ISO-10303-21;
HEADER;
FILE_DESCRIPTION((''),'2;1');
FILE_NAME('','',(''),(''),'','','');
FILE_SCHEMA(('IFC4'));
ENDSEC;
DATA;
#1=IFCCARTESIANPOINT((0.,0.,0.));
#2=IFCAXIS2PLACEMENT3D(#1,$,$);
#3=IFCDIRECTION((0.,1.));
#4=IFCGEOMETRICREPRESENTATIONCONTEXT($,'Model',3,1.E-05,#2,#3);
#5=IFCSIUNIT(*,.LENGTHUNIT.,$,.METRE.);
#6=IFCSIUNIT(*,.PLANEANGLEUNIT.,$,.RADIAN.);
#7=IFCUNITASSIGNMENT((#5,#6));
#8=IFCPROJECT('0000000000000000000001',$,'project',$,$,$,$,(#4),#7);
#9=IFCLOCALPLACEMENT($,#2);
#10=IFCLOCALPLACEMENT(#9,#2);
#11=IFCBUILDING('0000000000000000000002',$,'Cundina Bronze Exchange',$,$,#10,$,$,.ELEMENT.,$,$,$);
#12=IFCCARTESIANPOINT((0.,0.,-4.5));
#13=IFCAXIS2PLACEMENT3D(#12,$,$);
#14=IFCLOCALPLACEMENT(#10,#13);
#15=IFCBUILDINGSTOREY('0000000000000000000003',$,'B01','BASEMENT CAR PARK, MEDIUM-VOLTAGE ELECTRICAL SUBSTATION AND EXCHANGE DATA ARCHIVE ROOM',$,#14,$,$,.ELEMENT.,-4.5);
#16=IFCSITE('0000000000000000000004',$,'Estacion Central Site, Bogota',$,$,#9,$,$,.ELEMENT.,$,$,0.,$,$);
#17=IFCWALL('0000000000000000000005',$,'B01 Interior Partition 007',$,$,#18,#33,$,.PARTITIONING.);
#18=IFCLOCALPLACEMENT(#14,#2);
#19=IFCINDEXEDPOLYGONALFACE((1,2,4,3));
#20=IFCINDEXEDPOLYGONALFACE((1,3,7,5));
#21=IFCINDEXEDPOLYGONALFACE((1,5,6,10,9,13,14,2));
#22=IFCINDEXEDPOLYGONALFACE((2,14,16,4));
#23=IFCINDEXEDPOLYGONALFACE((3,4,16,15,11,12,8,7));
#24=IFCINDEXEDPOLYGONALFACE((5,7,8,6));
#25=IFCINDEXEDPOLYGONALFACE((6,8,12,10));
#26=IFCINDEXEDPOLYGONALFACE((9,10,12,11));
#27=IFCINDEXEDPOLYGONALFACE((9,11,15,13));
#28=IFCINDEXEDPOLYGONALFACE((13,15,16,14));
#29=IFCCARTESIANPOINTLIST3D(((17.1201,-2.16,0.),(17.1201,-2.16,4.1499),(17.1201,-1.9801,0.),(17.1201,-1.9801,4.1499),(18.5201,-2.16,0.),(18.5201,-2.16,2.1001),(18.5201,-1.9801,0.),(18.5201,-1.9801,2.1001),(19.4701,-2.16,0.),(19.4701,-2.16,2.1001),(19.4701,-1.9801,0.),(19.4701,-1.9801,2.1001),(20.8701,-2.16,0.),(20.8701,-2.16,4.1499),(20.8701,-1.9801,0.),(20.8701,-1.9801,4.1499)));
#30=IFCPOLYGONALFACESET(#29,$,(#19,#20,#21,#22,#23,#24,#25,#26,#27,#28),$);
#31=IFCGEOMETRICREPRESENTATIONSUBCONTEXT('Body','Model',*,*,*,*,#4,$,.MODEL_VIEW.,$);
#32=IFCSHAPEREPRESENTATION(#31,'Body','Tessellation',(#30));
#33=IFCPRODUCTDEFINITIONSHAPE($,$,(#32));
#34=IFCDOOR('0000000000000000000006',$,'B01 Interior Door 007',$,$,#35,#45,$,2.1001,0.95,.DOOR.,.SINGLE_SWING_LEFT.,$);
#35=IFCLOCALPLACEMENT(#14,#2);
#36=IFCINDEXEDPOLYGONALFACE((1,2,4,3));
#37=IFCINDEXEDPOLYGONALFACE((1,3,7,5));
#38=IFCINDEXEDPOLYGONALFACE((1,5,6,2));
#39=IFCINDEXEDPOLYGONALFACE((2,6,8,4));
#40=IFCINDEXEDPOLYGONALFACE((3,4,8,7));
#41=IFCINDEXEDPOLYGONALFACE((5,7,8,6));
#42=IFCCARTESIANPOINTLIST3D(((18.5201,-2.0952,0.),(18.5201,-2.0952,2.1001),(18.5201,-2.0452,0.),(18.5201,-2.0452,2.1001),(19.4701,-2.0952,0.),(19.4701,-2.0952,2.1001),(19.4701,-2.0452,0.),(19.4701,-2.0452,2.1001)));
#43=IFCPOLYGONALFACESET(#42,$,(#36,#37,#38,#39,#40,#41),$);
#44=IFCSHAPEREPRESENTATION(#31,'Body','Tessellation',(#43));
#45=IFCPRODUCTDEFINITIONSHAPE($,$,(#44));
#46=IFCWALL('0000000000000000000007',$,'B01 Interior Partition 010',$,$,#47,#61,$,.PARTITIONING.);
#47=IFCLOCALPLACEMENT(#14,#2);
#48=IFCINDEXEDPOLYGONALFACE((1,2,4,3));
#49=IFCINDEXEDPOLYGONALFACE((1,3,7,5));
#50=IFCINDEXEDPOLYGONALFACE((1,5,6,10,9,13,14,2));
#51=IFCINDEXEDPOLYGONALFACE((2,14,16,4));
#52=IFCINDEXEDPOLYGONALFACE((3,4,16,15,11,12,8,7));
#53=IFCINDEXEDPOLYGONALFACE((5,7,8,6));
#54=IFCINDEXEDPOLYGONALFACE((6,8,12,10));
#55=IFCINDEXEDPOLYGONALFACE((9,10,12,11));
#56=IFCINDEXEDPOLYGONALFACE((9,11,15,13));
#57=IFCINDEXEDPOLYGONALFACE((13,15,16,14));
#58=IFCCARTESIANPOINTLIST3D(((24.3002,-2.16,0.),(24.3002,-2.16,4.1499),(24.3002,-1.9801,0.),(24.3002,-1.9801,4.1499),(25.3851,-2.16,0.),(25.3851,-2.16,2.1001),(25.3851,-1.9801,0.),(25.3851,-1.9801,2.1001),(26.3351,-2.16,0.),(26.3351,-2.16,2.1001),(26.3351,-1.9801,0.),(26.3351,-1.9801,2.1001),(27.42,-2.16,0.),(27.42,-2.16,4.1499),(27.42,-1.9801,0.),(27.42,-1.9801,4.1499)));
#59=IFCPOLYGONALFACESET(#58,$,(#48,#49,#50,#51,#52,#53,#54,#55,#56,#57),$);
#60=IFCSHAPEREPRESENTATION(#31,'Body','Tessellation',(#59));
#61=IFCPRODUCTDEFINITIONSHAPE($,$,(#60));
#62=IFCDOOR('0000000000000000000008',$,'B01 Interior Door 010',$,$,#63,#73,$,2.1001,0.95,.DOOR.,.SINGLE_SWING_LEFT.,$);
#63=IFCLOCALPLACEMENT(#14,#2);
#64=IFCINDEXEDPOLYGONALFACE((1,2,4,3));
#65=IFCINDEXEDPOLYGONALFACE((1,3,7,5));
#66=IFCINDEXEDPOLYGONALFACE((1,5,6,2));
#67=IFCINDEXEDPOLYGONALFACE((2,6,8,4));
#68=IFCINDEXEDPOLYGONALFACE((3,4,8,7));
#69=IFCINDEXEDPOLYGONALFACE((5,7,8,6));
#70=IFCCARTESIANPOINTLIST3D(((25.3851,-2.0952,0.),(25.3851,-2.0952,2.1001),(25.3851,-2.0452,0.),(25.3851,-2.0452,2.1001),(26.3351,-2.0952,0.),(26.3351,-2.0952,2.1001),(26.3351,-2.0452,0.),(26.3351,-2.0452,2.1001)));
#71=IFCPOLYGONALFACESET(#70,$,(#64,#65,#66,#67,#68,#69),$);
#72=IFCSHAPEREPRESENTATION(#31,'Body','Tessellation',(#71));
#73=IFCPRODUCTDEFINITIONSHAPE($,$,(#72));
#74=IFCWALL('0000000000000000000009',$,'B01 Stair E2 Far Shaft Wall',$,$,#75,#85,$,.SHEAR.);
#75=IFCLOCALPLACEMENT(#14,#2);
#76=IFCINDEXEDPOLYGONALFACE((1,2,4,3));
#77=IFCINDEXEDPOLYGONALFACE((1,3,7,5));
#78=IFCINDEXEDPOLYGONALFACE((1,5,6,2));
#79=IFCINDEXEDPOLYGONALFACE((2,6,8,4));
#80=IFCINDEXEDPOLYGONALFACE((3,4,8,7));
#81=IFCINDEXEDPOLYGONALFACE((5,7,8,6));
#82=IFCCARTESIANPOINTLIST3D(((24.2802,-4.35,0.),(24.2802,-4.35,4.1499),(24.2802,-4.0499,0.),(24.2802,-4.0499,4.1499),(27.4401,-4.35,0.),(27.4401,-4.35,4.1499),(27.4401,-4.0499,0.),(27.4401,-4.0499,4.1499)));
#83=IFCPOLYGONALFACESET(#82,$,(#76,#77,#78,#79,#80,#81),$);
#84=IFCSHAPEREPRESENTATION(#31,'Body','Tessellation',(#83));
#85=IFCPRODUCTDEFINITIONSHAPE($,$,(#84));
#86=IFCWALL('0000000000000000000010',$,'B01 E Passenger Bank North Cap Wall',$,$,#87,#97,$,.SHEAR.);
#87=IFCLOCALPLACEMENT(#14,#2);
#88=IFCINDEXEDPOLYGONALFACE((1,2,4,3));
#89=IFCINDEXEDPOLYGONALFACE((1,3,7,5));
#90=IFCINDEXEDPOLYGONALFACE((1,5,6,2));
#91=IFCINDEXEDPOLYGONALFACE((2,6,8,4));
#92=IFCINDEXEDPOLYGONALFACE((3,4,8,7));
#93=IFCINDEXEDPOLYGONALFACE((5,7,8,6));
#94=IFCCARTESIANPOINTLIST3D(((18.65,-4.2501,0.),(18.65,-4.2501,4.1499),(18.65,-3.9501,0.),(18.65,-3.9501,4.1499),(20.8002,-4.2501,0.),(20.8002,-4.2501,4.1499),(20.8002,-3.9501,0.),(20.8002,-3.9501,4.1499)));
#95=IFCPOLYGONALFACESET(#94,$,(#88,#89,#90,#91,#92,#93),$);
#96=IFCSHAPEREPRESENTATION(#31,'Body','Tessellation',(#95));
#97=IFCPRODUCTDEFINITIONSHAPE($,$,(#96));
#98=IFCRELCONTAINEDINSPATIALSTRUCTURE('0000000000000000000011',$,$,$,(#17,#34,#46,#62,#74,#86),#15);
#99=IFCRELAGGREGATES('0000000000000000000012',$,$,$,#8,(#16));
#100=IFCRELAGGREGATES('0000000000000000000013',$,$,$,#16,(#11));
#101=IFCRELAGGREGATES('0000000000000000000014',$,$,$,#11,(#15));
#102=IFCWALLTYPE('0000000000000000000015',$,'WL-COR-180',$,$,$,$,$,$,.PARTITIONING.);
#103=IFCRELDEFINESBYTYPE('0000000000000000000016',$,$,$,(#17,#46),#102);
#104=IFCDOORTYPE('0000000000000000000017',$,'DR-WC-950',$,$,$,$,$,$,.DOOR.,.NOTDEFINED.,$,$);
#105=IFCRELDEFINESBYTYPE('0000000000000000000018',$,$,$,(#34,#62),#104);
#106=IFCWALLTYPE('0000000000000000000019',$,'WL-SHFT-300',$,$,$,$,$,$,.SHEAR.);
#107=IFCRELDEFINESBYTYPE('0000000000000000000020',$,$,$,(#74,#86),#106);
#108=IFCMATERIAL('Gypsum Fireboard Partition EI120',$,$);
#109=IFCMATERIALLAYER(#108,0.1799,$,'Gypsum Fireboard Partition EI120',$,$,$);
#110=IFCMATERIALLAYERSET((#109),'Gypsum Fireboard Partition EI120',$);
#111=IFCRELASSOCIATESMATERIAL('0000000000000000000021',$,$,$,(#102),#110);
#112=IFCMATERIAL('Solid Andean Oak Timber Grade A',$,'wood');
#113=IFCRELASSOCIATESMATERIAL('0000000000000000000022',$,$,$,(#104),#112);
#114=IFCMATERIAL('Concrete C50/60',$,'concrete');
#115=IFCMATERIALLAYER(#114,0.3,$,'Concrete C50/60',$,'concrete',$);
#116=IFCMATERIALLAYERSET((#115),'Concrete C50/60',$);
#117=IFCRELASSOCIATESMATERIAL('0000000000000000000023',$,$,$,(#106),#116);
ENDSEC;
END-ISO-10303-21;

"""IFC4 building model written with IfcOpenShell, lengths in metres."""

from ifc_helpers import new_model, si_unit, direction, frame, frame_2d, origin, place, context, subcontext, project, spatial, rectangle, extrude, material, layer, layer_set, type_object, element, fill, save


model = new_model("IFC4")

# Units and contexts
model_context = context("Model", 3, precision=1e-05, world=origin(), true_north=direction((0.0, 1.0)))
body_context = subcontext(model_context, "Body", "Model", "MODEL_VIEW")
ifc_project = project(units=[si_unit("LENGTHUNIT", "METRE"), si_unit("PLANEANGLEUNIT", "RADIAN")], contexts=[model_context])

# Site, building, storey
site_placement = place(None, origin())
site = spatial("IfcSite", under=ifc_project, at=site_placement, Name="Estacion Central Site, Bogota", CompositionType="ELEMENT", RefElevation=0.0)
building_placement = place(site_placement, origin())
building = spatial("IfcBuilding", under=site, at=building_placement, Name="Cundina Bronze Exchange", CompositionType="ELEMENT")
storey_placement = place(building_placement, frame((0.0, 0.0, -4.5)))
storey = spatial("IfcBuildingStorey", under=building, at=storey_placement, Name="B01", Description="BASEMENT CAR PARK, MEDIUM-VOLTAGE ELECTRICAL SUBSTATION AND EXCHANGE DATA ARCHIVE ROOM", CompositionType="ELEMENT", Elevation=-4.5)

# Shared definitions
ifc_material_1 = material(Name="Gypsum Fireboard Partition EI120")
ifc_layer_1 = layer(ifc_material_1, 0.1799, Name="Gypsum Fireboard Partition EI120")
ifc_layer_set_1 = layer_set([ifc_layer_1], Name="Gypsum Fireboard Partition EI120")
wall_type_1 = type_object("IfcWallType", Name="WL-COR-180", PredefinedType="PARTITIONING", material=ifc_layer_set_1)

# Walls, openings, doors
wall_1_placement = place(storey_placement, frame((17.1201, -2.0701, 0.0), z_axis=(0.0, 0.0, 1.0), x_axis=(1.0, 0.0, 0.0)))
wall_1 = element("IfcWall", 1, at=wall_1_placement, inside=storey, type_object=wall_type_1, Name="B01 Interior Partition 007", PredefinedType="PARTITIONING", context=body_context, shape_type="SweptSolid", body=[
    extrude(rectangle(XDim=3.75, YDim=0.1799, at=frame_2d((1.875, 0.0))), origin(), (0.0, 0.0, 1.0), 4.1499),
])
opening_1_placement = place(wall_1_placement, frame((1.3999, 0.0, 0.0)))
opening_1 = element("IfcOpeningElement", 2, at=opening_1_placement, cuts=wall_1, PredefinedType="OPENING", context=body_context, shape_type="SweptSolid", body=[
    extrude(rectangle(XDim=0.95, YDim=2.1001, at=frame_2d((0.4751, 1.05))), frame((0.0, 0.0999, 0.0), z_axis=(0.0, -1.0, 0.0), x_axis=(1.0, 0.0, 0.0)), (0.0, 0.0, 1.0), 0.2),
])
ifc_material_2 = material(Name="Solid Andean Oak Timber Grade A", Category="wood")
door_type_1 = type_object("IfcDoorType", Name="DR-WC-950", OperationType="NOTDEFINED", PredefinedType="DOOR", material=ifc_material_2)
door_1_placement = place(opening_1_placement, origin())
door_1 = element("IfcDoor", 3, at=door_1_placement, inside=storey, type_object=door_type_1, Name="B01 Interior Door 007", OperationType="SINGLE_SWING_LEFT", OverallHeight=2.1001, OverallWidth=0.95, PredefinedType="DOOR", context=body_context, shape_type="SweptSolid", body=[
    extrude(rectangle(XDim=0.95, YDim=2.1001, at=frame_2d((0.4751, 1.05))), frame((0.0, 0.0249, 0.0), z_axis=(0.0, -1.0, 0.0), x_axis=(1.0, 0.0, 0.0)), (0.0, 0.0, 1.0), 0.05),
])
fill(opening_1, door_1)
wall_2_placement = place(storey_placement, frame((24.3, -2.0701, 0.0), z_axis=(0.0, 0.0, 1.0), x_axis=(1.0, 0.0, 0.0)))
wall_2 = element("IfcWall", 4, at=wall_2_placement, inside=storey, type_object=wall_type_1, Name="B01 Interior Partition 010", PredefinedType="PARTITIONING", context=body_context, shape_type="SweptSolid", body=[
    extrude(rectangle(XDim=3.1199, YDim=0.1799, at=frame_2d((1.5601, 0.0))), origin(), (0.0, 0.0, 1.0), 4.1499),
])
opening_2_placement = place(wall_2_placement, frame((1.085, 0.0, 0.0)))
opening_2 = element("IfcOpeningElement", 5, at=opening_2_placement, cuts=wall_2, PredefinedType="OPENING", context=body_context, shape_type="SweptSolid", body=[
    extrude(rectangle(XDim=0.95, YDim=2.1001, at=frame_2d((0.4751, 1.05))), frame((0.0, 0.0999, 0.0), z_axis=(0.0, -1.0, 0.0), x_axis=(1.0, 0.0, 0.0)), (0.0, 0.0, 1.0), 0.2),
])
door_2_placement = place(opening_2_placement, origin())
door_2 = element("IfcDoor", 6, at=door_2_placement, inside=storey, type_object=door_type_1, Name="B01 Interior Door 010", OperationType="SINGLE_SWING_LEFT", OverallHeight=2.1001, OverallWidth=0.95, PredefinedType="DOOR", context=body_context, shape_type="SweptSolid", body=[
    extrude(rectangle(XDim=0.95, YDim=2.1001, at=frame_2d((0.4751, 1.05))), frame((0.0, 0.0249, 0.0), z_axis=(0.0, -1.0, 0.0), x_axis=(1.0, 0.0, 0.0)), (0.0, 0.0, 1.0), 0.05),
])
fill(opening_2, door_2)

# Walls
ifc_material_3 = material(Name="Concrete C50/60", Category="concrete")
ifc_layer_2 = layer(ifc_material_3, 0.3, Name="Concrete C50/60", Category="concrete")
ifc_layer_set_2 = layer_set([ifc_layer_2], Name="Concrete C50/60")
wall_type_2 = type_object("IfcWallType", Name="WL-SHFT-300", PredefinedType="SHEAR", material=ifc_layer_set_2)
wall_3_placement = place(storey_placement, frame((24.28, -4.2, 0.0), z_axis=(0.0, 0.0, 1.0), x_axis=(1.0, 0.0, 0.0)))
element("IfcWall", 7, at=wall_3_placement, inside=storey, type_object=wall_type_2, Name="B01 Stair E2 Far Shaft Wall", PredefinedType="SHEAR", context=body_context, shape_type="SweptSolid", body=[
    extrude(rectangle(XDim=3.1599, YDim=0.3, at=frame_2d((1.5801, 0.0))), origin(), (0.0, 0.0, 1.0), 4.1499),
])
wall_4_placement = place(storey_placement, frame((18.6499, -4.1001, 0.0), z_axis=(0.0, 0.0, 1.0), x_axis=(1.0, 0.0, 0.0)))
element("IfcWall", 8, at=wall_4_placement, inside=storey, type_object=wall_type_2, Name="B01 E Passenger Bank North Cap Wall", PredefinedType="SHEAR", context=body_context, shape_type="SweptSolid", body=[
    extrude(rectangle(XDim=2.1501, YDim=0.3, at=frame_2d((1.0752, 0.0))), origin(), (0.0, 0.0, 1.0), 4.1499),
])

save(model, "model.ifc")
